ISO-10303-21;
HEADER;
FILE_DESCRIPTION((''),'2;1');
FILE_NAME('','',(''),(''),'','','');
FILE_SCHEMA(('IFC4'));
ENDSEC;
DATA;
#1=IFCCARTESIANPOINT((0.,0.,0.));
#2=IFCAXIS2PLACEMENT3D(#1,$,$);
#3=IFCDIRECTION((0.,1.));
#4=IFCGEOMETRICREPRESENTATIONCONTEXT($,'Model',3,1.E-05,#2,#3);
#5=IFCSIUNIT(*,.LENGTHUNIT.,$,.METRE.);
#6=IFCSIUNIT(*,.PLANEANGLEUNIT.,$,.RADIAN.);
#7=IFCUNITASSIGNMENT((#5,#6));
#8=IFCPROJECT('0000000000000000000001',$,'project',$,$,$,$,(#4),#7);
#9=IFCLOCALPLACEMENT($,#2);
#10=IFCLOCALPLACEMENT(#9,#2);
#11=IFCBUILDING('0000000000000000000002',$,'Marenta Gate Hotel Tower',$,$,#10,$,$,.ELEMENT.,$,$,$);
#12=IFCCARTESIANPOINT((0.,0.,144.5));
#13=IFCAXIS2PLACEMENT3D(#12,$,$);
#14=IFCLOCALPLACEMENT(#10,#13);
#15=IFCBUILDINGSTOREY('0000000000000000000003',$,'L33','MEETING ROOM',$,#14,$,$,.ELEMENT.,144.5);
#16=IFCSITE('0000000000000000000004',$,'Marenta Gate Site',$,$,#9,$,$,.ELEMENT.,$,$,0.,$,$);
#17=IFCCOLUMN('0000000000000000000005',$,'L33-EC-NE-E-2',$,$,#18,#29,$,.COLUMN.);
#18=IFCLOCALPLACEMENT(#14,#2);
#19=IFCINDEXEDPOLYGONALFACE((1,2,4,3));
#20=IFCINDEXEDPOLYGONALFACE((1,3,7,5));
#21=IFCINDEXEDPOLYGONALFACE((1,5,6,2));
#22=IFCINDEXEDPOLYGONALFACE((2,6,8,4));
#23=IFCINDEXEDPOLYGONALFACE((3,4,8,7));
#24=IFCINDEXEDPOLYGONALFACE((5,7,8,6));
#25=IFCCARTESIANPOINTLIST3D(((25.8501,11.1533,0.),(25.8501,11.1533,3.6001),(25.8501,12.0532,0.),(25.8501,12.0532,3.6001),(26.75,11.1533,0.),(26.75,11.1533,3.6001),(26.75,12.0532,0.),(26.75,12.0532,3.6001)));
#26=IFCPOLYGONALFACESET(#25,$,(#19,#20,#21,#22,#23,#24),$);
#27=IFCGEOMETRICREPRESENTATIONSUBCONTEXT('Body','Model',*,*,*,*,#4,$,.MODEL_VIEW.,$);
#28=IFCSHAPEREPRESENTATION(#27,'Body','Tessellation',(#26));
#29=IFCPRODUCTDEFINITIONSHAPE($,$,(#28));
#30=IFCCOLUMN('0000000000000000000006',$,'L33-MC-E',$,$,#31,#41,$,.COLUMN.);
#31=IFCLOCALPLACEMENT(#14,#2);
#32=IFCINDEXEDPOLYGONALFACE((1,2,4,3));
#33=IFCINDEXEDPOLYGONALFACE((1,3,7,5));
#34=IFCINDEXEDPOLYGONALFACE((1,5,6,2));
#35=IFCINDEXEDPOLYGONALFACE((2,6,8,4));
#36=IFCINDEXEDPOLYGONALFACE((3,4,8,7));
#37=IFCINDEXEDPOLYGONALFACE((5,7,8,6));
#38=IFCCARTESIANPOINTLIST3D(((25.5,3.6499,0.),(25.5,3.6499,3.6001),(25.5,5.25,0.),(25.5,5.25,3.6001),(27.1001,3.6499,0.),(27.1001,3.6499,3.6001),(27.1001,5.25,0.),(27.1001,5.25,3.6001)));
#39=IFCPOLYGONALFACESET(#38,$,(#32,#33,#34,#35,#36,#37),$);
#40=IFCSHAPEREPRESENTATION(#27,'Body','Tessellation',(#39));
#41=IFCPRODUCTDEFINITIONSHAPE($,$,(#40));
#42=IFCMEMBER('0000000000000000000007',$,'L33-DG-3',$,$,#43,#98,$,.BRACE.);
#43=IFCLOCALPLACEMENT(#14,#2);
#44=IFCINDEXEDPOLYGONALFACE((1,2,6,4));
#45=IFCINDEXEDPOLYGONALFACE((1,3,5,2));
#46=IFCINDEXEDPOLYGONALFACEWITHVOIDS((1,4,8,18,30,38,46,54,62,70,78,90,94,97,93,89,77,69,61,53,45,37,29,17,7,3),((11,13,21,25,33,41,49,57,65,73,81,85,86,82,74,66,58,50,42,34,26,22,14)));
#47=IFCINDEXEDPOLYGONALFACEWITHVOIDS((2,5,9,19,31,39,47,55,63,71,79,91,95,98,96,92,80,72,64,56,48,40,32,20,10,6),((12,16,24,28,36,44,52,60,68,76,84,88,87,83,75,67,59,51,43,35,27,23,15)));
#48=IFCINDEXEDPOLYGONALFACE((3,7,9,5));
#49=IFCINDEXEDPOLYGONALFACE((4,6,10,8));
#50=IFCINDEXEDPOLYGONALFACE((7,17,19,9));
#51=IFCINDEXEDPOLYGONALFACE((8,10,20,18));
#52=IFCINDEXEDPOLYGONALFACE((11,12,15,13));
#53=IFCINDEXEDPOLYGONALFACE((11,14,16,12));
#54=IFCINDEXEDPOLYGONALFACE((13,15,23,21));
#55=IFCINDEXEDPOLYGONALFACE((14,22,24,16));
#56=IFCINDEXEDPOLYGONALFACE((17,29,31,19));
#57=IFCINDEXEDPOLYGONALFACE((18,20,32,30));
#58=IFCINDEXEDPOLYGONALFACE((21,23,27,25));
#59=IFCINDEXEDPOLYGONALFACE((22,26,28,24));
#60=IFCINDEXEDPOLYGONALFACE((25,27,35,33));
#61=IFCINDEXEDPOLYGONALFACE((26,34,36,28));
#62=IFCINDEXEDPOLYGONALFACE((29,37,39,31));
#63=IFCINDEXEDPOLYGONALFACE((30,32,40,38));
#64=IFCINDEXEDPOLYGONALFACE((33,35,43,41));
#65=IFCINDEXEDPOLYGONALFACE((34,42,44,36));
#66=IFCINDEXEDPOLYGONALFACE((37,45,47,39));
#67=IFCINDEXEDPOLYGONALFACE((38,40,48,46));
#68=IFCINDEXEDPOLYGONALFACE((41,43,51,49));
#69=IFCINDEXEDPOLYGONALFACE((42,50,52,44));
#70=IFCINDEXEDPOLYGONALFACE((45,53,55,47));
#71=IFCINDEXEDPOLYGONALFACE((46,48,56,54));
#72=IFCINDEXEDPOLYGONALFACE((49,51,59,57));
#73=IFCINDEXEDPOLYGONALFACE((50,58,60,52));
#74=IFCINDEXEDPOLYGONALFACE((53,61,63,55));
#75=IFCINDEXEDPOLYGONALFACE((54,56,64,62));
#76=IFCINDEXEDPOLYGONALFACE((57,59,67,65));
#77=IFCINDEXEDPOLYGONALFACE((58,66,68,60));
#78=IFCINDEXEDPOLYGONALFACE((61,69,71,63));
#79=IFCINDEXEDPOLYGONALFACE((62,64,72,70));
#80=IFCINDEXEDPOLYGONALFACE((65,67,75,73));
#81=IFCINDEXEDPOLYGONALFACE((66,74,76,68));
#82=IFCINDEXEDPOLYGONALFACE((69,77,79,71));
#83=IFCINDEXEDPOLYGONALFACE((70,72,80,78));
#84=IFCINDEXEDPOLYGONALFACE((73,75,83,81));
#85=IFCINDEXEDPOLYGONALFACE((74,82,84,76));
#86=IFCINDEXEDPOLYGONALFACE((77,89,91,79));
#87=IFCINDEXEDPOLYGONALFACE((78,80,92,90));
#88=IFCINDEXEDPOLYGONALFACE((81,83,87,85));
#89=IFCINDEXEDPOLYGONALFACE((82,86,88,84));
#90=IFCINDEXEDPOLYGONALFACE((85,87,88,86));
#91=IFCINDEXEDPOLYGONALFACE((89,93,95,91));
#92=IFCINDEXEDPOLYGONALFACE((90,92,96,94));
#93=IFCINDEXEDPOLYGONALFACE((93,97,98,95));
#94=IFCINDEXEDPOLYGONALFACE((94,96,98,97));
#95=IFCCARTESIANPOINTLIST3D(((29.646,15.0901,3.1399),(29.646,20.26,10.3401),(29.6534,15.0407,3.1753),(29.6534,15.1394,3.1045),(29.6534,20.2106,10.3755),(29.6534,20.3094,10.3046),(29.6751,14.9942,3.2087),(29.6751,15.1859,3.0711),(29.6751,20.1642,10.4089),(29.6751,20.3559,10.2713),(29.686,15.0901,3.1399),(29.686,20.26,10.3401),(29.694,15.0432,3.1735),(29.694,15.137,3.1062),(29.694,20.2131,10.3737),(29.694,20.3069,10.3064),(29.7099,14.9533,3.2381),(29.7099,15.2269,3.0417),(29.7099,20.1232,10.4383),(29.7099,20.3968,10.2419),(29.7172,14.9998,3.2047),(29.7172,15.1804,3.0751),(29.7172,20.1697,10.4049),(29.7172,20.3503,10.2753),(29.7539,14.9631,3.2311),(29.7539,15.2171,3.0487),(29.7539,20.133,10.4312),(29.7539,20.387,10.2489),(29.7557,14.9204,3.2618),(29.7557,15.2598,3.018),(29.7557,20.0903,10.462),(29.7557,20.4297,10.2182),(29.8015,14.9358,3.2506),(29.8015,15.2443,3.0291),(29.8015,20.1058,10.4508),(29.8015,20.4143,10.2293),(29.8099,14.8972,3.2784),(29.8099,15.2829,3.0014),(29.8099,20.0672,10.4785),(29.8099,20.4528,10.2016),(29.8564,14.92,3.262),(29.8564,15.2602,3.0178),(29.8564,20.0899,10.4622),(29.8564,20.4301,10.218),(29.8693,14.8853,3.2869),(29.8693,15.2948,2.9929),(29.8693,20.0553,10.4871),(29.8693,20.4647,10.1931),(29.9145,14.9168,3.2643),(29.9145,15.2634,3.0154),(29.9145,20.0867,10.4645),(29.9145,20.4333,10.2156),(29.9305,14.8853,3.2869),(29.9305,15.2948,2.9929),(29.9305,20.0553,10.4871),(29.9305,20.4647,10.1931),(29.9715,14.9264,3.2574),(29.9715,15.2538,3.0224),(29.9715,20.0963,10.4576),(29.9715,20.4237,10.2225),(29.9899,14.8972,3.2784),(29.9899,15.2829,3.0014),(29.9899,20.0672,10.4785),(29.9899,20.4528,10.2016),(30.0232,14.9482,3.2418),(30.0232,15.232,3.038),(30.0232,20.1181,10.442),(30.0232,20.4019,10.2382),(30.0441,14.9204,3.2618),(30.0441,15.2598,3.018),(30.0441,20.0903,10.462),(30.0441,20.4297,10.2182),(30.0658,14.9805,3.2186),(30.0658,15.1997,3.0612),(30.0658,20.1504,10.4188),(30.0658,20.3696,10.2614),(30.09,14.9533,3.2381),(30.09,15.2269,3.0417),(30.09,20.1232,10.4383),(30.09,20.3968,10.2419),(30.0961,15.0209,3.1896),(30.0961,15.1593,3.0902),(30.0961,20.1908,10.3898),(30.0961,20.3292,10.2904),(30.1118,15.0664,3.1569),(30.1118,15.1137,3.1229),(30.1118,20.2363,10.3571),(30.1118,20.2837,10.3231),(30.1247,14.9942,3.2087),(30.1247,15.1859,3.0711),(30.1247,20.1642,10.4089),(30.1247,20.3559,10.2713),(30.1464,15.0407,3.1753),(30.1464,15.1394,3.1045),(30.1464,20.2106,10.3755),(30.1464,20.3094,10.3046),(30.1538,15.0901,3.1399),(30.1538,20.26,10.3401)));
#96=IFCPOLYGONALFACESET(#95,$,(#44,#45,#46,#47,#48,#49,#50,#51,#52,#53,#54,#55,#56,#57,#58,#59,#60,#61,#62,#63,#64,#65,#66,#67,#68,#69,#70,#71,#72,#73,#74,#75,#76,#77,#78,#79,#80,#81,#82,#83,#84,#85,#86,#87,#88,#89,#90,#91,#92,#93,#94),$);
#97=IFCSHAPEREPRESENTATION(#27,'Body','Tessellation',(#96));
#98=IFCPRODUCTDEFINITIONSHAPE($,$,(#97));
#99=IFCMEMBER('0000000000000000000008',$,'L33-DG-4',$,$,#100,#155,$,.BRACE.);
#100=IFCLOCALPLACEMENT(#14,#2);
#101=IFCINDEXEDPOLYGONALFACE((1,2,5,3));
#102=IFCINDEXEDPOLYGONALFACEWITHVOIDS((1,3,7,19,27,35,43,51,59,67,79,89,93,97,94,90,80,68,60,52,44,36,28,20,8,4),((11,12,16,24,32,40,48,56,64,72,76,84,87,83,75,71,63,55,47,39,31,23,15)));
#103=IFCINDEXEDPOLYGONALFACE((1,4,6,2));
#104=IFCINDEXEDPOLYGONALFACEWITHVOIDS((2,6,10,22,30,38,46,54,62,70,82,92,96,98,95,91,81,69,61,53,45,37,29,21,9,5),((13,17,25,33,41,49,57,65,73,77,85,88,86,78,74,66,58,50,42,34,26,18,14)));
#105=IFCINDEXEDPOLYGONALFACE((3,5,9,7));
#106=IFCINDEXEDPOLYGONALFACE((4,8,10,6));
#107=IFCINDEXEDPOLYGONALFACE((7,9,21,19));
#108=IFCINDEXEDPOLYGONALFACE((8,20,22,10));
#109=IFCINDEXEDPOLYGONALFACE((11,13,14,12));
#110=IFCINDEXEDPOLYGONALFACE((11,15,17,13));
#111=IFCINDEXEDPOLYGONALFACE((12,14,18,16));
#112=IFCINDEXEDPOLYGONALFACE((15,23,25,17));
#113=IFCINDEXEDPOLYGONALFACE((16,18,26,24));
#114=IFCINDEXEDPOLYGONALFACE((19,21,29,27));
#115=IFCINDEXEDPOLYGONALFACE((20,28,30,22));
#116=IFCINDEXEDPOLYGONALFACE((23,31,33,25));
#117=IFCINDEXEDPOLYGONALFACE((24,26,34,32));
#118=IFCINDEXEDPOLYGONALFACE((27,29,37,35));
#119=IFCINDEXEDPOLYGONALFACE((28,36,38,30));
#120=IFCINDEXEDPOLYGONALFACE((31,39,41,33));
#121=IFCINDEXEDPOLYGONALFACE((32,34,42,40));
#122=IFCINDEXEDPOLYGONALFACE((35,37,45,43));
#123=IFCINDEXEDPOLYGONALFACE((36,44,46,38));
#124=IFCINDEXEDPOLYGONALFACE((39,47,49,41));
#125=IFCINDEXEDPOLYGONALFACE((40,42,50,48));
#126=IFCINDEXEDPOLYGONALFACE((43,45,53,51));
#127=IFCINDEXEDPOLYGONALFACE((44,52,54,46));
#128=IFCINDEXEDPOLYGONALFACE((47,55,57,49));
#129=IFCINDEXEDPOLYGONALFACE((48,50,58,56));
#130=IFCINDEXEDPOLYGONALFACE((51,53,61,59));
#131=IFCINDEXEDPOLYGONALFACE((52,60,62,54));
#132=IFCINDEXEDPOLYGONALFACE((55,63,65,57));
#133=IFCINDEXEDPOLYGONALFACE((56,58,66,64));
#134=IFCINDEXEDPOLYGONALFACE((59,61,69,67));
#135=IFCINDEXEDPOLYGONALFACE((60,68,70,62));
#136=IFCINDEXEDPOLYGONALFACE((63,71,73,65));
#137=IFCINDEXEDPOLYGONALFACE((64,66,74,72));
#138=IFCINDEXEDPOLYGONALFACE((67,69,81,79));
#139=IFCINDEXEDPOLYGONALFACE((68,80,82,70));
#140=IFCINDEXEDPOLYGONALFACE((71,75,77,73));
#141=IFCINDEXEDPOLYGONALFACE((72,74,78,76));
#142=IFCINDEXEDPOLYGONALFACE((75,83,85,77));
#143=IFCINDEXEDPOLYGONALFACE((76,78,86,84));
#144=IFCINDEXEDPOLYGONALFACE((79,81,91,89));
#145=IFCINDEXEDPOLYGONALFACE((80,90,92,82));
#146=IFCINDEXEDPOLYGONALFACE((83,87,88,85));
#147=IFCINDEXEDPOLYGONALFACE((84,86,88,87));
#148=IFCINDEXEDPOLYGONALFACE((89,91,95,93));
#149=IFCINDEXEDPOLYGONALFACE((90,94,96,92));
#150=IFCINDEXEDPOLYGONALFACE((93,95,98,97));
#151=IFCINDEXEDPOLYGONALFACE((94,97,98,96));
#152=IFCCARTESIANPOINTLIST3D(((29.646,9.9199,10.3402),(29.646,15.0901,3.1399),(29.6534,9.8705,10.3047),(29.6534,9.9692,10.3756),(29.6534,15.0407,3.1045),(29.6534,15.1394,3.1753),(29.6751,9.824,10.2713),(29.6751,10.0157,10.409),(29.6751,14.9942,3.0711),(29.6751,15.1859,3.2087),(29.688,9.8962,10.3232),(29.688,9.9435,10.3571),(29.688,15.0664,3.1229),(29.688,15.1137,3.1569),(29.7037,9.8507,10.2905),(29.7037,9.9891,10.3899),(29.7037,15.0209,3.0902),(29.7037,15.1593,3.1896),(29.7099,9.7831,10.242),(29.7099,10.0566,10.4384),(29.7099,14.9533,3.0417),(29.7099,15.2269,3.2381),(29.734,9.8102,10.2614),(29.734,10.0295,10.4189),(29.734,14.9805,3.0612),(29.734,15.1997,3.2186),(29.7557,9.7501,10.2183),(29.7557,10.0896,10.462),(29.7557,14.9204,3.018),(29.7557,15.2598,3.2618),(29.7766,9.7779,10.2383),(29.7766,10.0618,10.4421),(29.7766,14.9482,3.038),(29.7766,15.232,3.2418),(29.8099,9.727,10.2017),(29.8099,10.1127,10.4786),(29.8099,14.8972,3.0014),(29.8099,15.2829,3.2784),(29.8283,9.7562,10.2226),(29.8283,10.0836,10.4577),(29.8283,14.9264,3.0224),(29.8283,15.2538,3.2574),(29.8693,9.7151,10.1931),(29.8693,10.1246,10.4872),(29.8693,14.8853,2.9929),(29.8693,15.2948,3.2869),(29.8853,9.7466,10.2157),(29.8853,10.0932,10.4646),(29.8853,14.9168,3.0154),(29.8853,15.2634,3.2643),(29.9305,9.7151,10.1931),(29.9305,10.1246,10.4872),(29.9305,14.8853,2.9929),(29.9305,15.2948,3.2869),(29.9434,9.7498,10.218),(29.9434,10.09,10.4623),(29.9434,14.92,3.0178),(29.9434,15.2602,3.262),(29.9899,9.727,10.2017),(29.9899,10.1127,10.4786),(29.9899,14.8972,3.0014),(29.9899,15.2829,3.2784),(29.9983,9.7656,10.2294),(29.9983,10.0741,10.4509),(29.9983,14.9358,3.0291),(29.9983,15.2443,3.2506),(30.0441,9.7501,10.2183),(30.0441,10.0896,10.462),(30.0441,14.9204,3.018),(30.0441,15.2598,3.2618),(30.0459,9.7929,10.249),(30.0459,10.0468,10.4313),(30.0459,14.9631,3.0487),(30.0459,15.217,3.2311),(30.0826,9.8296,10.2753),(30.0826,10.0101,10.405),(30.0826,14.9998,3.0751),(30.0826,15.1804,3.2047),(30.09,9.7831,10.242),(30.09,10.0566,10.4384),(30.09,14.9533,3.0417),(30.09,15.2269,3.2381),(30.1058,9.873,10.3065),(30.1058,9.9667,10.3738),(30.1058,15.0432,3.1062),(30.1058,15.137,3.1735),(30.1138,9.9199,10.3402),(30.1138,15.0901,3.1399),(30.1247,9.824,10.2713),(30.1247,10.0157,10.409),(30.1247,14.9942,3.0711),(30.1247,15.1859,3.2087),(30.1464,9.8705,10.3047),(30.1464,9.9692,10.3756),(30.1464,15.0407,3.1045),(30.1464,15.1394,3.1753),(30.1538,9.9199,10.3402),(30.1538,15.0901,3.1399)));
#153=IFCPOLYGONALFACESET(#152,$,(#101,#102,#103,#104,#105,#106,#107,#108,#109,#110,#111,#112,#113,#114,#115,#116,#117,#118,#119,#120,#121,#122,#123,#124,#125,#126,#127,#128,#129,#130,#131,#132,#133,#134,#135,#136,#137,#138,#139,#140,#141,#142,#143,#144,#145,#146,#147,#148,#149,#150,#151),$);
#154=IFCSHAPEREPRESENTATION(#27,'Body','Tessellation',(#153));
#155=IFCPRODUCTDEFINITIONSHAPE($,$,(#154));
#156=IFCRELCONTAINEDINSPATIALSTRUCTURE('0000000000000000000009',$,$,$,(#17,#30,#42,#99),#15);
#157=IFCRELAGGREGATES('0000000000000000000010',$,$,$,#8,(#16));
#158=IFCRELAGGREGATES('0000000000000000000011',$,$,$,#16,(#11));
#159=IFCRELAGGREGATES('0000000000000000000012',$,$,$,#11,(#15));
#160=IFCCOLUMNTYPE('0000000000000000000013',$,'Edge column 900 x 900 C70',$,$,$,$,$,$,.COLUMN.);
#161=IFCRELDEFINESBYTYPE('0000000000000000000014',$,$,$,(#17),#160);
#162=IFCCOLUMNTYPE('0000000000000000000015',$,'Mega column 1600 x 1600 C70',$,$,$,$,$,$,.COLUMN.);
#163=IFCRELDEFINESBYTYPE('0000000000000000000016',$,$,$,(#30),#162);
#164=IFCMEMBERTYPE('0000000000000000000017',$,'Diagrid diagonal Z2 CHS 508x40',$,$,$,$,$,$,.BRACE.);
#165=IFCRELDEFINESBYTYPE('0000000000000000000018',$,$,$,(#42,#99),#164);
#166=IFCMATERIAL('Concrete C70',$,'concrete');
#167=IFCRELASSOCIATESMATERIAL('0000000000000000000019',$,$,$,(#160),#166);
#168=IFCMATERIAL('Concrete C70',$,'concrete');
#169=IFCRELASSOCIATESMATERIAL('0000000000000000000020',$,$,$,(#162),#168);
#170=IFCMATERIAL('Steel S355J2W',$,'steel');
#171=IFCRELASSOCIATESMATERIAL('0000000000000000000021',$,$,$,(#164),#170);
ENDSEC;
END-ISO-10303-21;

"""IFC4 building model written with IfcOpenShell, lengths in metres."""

from ifc_helpers import new_model, si_unit, direction, frame, origin, origin_2d, place, context, subcontext, project, spatial, rectangle, hollow_circle, extrude, material, material_profile, profile_set, type_object, element, save


model = new_model("IFC4")

# Units and contexts
model_context = context("Model", 3, precision=1e-05, world=origin(), true_north=direction((0.0, 1.0)))
body_context = subcontext(model_context, "Body", "Model", "MODEL_VIEW")
ifc_project = project(units=[si_unit("LENGTHUNIT", "METRE"), si_unit("PLANEANGLEUNIT", "RADIAN")], contexts=[model_context])

# Site, building, storey
site_placement = place(None, origin())
site = spatial("IfcSite", under=ifc_project, at=site_placement, Name="Marenta Gate Site", CompositionType="ELEMENT", RefElevation=0.0)
building_placement = place(site_placement, origin())
building = spatial("IfcBuilding", under=site, at=building_placement, Name="Marenta Gate Hotel Tower", CompositionType="ELEMENT")
storey_placement = place(building_placement, frame((0.0, 0.0, 144.5)))
storey = spatial("IfcBuildingStorey", under=building, at=storey_placement, Name="L33", Description="MEETING ROOM", CompositionType="ELEMENT", Elevation=144.5)

# Columns
ifc_material_1 = material(Name="Concrete C70", Category="concrete")
ifc_material_profile_1 = material_profile(ifc_material_1, rectangle(XDim=0.8999, YDim=0.8999, at=origin_2d()), Name="900 x 900")
ifc_profile_set_1 = profile_set([ifc_material_profile_1], Name="Concrete C70")
column_type_1 = type_object("IfcColumnType", Name="Edge column 900 x 900 C70", PredefinedType="COLUMN", material=ifc_profile_set_1)
column_1_placement = place(storey_placement, frame((26.3, 11.6033, 0.0), z_axis=(0.0, 0.0, 1.0), x_axis=(1.0, 0.0, 0.0)))
element("IfcColumn", 1, at=column_1_placement, inside=storey, type_object=column_type_1, Name="L33-EC-NE-E-2", PredefinedType="COLUMN", context=body_context, shape_type="SweptSolid", body=[
    extrude(rectangle(XDim=0.8999, YDim=0.8999, at=origin_2d()), origin(), (0.0, 0.0, 1.0), 3.6001),
])
ifc_material_2 = material(Name="Concrete C70", Category="concrete")
ifc_material_profile_2 = material_profile(ifc_material_2, rectangle(XDim=1.6001, YDim=1.6001, at=origin_2d()), Name="1600 x 1600")
ifc_profile_set_2 = profile_set([ifc_material_profile_2], Name="Concrete C70")
column_type_2 = type_object("IfcColumnType", Name="Mega column 1600 x 1600 C70", PredefinedType="COLUMN", material=ifc_profile_set_2)
column_2_placement = place(storey_placement, frame((26.3, 4.45, 0.0), z_axis=(0.0, 0.0, 1.0), x_axis=(1.0, 0.0, 0.0)))
element("IfcColumn", 2, at=column_2_placement, inside=storey, type_object=column_type_2, Name="L33-MC-E", PredefinedType="COLUMN", context=body_context, shape_type="SweptSolid", body=[
    extrude(rectangle(XDim=1.6001, YDim=1.6001, at=origin_2d()), origin(), (0.0, 0.0, 1.0), 3.6001),
])

# Members
ifc_material_3 = material(Name="Steel S355J2W", Category="steel")
ifc_material_profile_3 = material_profile(ifc_material_3, hollow_circle(Radius=0.2539, WallThickness=0.04, at=origin_2d()), Name="CHS 508x40")
ifc_profile_set_3 = profile_set([ifc_material_profile_3], Name="Steel S355J2W")
member_type_1 = type_object("IfcMemberType", Name="Diagrid diagonal Z2 CHS 508x40", PredefinedType="BRACE", material=ifc_profile_set_3)
member_1_placement = place(storey_placement, frame((29.8999, 15.0901, 3.1399), z_axis=(0.0, 0.583248, 0.812294), x_axis=(-1.0, 0.0, 0.0)))
element("IfcMember", 3, at=member_1_placement, inside=storey, type_object=member_type_1, Name="L33-DG-3", PredefinedType="BRACE", context=body_context, shape_type="SweptSolid", body=[
    extrude(hollow_circle(Radius=0.2539, WallThickness=0.04, at=origin_2d()), origin(), (0.0, 0.0, 1.0), 8.864),
])
member_2_placement = place(storey_placement, frame((29.8999, 15.0901, 3.1399), z_axis=(0.0, -0.583266, 0.812281), x_axis=(1.0, 0.0, 0.0)))
element("IfcMember", 4, at=member_2_placement, inside=storey, type_object=member_type_1, Name="L33-DG-4", PredefinedType="BRACE", context=body_context, shape_type="SweptSolid", body=[
    extrude(hollow_circle(Radius=0.2539, WallThickness=0.04, at=origin_2d()), origin(), (0.0, 0.0, 1.0), 8.8643),
])

save(model, "model.ifc")
